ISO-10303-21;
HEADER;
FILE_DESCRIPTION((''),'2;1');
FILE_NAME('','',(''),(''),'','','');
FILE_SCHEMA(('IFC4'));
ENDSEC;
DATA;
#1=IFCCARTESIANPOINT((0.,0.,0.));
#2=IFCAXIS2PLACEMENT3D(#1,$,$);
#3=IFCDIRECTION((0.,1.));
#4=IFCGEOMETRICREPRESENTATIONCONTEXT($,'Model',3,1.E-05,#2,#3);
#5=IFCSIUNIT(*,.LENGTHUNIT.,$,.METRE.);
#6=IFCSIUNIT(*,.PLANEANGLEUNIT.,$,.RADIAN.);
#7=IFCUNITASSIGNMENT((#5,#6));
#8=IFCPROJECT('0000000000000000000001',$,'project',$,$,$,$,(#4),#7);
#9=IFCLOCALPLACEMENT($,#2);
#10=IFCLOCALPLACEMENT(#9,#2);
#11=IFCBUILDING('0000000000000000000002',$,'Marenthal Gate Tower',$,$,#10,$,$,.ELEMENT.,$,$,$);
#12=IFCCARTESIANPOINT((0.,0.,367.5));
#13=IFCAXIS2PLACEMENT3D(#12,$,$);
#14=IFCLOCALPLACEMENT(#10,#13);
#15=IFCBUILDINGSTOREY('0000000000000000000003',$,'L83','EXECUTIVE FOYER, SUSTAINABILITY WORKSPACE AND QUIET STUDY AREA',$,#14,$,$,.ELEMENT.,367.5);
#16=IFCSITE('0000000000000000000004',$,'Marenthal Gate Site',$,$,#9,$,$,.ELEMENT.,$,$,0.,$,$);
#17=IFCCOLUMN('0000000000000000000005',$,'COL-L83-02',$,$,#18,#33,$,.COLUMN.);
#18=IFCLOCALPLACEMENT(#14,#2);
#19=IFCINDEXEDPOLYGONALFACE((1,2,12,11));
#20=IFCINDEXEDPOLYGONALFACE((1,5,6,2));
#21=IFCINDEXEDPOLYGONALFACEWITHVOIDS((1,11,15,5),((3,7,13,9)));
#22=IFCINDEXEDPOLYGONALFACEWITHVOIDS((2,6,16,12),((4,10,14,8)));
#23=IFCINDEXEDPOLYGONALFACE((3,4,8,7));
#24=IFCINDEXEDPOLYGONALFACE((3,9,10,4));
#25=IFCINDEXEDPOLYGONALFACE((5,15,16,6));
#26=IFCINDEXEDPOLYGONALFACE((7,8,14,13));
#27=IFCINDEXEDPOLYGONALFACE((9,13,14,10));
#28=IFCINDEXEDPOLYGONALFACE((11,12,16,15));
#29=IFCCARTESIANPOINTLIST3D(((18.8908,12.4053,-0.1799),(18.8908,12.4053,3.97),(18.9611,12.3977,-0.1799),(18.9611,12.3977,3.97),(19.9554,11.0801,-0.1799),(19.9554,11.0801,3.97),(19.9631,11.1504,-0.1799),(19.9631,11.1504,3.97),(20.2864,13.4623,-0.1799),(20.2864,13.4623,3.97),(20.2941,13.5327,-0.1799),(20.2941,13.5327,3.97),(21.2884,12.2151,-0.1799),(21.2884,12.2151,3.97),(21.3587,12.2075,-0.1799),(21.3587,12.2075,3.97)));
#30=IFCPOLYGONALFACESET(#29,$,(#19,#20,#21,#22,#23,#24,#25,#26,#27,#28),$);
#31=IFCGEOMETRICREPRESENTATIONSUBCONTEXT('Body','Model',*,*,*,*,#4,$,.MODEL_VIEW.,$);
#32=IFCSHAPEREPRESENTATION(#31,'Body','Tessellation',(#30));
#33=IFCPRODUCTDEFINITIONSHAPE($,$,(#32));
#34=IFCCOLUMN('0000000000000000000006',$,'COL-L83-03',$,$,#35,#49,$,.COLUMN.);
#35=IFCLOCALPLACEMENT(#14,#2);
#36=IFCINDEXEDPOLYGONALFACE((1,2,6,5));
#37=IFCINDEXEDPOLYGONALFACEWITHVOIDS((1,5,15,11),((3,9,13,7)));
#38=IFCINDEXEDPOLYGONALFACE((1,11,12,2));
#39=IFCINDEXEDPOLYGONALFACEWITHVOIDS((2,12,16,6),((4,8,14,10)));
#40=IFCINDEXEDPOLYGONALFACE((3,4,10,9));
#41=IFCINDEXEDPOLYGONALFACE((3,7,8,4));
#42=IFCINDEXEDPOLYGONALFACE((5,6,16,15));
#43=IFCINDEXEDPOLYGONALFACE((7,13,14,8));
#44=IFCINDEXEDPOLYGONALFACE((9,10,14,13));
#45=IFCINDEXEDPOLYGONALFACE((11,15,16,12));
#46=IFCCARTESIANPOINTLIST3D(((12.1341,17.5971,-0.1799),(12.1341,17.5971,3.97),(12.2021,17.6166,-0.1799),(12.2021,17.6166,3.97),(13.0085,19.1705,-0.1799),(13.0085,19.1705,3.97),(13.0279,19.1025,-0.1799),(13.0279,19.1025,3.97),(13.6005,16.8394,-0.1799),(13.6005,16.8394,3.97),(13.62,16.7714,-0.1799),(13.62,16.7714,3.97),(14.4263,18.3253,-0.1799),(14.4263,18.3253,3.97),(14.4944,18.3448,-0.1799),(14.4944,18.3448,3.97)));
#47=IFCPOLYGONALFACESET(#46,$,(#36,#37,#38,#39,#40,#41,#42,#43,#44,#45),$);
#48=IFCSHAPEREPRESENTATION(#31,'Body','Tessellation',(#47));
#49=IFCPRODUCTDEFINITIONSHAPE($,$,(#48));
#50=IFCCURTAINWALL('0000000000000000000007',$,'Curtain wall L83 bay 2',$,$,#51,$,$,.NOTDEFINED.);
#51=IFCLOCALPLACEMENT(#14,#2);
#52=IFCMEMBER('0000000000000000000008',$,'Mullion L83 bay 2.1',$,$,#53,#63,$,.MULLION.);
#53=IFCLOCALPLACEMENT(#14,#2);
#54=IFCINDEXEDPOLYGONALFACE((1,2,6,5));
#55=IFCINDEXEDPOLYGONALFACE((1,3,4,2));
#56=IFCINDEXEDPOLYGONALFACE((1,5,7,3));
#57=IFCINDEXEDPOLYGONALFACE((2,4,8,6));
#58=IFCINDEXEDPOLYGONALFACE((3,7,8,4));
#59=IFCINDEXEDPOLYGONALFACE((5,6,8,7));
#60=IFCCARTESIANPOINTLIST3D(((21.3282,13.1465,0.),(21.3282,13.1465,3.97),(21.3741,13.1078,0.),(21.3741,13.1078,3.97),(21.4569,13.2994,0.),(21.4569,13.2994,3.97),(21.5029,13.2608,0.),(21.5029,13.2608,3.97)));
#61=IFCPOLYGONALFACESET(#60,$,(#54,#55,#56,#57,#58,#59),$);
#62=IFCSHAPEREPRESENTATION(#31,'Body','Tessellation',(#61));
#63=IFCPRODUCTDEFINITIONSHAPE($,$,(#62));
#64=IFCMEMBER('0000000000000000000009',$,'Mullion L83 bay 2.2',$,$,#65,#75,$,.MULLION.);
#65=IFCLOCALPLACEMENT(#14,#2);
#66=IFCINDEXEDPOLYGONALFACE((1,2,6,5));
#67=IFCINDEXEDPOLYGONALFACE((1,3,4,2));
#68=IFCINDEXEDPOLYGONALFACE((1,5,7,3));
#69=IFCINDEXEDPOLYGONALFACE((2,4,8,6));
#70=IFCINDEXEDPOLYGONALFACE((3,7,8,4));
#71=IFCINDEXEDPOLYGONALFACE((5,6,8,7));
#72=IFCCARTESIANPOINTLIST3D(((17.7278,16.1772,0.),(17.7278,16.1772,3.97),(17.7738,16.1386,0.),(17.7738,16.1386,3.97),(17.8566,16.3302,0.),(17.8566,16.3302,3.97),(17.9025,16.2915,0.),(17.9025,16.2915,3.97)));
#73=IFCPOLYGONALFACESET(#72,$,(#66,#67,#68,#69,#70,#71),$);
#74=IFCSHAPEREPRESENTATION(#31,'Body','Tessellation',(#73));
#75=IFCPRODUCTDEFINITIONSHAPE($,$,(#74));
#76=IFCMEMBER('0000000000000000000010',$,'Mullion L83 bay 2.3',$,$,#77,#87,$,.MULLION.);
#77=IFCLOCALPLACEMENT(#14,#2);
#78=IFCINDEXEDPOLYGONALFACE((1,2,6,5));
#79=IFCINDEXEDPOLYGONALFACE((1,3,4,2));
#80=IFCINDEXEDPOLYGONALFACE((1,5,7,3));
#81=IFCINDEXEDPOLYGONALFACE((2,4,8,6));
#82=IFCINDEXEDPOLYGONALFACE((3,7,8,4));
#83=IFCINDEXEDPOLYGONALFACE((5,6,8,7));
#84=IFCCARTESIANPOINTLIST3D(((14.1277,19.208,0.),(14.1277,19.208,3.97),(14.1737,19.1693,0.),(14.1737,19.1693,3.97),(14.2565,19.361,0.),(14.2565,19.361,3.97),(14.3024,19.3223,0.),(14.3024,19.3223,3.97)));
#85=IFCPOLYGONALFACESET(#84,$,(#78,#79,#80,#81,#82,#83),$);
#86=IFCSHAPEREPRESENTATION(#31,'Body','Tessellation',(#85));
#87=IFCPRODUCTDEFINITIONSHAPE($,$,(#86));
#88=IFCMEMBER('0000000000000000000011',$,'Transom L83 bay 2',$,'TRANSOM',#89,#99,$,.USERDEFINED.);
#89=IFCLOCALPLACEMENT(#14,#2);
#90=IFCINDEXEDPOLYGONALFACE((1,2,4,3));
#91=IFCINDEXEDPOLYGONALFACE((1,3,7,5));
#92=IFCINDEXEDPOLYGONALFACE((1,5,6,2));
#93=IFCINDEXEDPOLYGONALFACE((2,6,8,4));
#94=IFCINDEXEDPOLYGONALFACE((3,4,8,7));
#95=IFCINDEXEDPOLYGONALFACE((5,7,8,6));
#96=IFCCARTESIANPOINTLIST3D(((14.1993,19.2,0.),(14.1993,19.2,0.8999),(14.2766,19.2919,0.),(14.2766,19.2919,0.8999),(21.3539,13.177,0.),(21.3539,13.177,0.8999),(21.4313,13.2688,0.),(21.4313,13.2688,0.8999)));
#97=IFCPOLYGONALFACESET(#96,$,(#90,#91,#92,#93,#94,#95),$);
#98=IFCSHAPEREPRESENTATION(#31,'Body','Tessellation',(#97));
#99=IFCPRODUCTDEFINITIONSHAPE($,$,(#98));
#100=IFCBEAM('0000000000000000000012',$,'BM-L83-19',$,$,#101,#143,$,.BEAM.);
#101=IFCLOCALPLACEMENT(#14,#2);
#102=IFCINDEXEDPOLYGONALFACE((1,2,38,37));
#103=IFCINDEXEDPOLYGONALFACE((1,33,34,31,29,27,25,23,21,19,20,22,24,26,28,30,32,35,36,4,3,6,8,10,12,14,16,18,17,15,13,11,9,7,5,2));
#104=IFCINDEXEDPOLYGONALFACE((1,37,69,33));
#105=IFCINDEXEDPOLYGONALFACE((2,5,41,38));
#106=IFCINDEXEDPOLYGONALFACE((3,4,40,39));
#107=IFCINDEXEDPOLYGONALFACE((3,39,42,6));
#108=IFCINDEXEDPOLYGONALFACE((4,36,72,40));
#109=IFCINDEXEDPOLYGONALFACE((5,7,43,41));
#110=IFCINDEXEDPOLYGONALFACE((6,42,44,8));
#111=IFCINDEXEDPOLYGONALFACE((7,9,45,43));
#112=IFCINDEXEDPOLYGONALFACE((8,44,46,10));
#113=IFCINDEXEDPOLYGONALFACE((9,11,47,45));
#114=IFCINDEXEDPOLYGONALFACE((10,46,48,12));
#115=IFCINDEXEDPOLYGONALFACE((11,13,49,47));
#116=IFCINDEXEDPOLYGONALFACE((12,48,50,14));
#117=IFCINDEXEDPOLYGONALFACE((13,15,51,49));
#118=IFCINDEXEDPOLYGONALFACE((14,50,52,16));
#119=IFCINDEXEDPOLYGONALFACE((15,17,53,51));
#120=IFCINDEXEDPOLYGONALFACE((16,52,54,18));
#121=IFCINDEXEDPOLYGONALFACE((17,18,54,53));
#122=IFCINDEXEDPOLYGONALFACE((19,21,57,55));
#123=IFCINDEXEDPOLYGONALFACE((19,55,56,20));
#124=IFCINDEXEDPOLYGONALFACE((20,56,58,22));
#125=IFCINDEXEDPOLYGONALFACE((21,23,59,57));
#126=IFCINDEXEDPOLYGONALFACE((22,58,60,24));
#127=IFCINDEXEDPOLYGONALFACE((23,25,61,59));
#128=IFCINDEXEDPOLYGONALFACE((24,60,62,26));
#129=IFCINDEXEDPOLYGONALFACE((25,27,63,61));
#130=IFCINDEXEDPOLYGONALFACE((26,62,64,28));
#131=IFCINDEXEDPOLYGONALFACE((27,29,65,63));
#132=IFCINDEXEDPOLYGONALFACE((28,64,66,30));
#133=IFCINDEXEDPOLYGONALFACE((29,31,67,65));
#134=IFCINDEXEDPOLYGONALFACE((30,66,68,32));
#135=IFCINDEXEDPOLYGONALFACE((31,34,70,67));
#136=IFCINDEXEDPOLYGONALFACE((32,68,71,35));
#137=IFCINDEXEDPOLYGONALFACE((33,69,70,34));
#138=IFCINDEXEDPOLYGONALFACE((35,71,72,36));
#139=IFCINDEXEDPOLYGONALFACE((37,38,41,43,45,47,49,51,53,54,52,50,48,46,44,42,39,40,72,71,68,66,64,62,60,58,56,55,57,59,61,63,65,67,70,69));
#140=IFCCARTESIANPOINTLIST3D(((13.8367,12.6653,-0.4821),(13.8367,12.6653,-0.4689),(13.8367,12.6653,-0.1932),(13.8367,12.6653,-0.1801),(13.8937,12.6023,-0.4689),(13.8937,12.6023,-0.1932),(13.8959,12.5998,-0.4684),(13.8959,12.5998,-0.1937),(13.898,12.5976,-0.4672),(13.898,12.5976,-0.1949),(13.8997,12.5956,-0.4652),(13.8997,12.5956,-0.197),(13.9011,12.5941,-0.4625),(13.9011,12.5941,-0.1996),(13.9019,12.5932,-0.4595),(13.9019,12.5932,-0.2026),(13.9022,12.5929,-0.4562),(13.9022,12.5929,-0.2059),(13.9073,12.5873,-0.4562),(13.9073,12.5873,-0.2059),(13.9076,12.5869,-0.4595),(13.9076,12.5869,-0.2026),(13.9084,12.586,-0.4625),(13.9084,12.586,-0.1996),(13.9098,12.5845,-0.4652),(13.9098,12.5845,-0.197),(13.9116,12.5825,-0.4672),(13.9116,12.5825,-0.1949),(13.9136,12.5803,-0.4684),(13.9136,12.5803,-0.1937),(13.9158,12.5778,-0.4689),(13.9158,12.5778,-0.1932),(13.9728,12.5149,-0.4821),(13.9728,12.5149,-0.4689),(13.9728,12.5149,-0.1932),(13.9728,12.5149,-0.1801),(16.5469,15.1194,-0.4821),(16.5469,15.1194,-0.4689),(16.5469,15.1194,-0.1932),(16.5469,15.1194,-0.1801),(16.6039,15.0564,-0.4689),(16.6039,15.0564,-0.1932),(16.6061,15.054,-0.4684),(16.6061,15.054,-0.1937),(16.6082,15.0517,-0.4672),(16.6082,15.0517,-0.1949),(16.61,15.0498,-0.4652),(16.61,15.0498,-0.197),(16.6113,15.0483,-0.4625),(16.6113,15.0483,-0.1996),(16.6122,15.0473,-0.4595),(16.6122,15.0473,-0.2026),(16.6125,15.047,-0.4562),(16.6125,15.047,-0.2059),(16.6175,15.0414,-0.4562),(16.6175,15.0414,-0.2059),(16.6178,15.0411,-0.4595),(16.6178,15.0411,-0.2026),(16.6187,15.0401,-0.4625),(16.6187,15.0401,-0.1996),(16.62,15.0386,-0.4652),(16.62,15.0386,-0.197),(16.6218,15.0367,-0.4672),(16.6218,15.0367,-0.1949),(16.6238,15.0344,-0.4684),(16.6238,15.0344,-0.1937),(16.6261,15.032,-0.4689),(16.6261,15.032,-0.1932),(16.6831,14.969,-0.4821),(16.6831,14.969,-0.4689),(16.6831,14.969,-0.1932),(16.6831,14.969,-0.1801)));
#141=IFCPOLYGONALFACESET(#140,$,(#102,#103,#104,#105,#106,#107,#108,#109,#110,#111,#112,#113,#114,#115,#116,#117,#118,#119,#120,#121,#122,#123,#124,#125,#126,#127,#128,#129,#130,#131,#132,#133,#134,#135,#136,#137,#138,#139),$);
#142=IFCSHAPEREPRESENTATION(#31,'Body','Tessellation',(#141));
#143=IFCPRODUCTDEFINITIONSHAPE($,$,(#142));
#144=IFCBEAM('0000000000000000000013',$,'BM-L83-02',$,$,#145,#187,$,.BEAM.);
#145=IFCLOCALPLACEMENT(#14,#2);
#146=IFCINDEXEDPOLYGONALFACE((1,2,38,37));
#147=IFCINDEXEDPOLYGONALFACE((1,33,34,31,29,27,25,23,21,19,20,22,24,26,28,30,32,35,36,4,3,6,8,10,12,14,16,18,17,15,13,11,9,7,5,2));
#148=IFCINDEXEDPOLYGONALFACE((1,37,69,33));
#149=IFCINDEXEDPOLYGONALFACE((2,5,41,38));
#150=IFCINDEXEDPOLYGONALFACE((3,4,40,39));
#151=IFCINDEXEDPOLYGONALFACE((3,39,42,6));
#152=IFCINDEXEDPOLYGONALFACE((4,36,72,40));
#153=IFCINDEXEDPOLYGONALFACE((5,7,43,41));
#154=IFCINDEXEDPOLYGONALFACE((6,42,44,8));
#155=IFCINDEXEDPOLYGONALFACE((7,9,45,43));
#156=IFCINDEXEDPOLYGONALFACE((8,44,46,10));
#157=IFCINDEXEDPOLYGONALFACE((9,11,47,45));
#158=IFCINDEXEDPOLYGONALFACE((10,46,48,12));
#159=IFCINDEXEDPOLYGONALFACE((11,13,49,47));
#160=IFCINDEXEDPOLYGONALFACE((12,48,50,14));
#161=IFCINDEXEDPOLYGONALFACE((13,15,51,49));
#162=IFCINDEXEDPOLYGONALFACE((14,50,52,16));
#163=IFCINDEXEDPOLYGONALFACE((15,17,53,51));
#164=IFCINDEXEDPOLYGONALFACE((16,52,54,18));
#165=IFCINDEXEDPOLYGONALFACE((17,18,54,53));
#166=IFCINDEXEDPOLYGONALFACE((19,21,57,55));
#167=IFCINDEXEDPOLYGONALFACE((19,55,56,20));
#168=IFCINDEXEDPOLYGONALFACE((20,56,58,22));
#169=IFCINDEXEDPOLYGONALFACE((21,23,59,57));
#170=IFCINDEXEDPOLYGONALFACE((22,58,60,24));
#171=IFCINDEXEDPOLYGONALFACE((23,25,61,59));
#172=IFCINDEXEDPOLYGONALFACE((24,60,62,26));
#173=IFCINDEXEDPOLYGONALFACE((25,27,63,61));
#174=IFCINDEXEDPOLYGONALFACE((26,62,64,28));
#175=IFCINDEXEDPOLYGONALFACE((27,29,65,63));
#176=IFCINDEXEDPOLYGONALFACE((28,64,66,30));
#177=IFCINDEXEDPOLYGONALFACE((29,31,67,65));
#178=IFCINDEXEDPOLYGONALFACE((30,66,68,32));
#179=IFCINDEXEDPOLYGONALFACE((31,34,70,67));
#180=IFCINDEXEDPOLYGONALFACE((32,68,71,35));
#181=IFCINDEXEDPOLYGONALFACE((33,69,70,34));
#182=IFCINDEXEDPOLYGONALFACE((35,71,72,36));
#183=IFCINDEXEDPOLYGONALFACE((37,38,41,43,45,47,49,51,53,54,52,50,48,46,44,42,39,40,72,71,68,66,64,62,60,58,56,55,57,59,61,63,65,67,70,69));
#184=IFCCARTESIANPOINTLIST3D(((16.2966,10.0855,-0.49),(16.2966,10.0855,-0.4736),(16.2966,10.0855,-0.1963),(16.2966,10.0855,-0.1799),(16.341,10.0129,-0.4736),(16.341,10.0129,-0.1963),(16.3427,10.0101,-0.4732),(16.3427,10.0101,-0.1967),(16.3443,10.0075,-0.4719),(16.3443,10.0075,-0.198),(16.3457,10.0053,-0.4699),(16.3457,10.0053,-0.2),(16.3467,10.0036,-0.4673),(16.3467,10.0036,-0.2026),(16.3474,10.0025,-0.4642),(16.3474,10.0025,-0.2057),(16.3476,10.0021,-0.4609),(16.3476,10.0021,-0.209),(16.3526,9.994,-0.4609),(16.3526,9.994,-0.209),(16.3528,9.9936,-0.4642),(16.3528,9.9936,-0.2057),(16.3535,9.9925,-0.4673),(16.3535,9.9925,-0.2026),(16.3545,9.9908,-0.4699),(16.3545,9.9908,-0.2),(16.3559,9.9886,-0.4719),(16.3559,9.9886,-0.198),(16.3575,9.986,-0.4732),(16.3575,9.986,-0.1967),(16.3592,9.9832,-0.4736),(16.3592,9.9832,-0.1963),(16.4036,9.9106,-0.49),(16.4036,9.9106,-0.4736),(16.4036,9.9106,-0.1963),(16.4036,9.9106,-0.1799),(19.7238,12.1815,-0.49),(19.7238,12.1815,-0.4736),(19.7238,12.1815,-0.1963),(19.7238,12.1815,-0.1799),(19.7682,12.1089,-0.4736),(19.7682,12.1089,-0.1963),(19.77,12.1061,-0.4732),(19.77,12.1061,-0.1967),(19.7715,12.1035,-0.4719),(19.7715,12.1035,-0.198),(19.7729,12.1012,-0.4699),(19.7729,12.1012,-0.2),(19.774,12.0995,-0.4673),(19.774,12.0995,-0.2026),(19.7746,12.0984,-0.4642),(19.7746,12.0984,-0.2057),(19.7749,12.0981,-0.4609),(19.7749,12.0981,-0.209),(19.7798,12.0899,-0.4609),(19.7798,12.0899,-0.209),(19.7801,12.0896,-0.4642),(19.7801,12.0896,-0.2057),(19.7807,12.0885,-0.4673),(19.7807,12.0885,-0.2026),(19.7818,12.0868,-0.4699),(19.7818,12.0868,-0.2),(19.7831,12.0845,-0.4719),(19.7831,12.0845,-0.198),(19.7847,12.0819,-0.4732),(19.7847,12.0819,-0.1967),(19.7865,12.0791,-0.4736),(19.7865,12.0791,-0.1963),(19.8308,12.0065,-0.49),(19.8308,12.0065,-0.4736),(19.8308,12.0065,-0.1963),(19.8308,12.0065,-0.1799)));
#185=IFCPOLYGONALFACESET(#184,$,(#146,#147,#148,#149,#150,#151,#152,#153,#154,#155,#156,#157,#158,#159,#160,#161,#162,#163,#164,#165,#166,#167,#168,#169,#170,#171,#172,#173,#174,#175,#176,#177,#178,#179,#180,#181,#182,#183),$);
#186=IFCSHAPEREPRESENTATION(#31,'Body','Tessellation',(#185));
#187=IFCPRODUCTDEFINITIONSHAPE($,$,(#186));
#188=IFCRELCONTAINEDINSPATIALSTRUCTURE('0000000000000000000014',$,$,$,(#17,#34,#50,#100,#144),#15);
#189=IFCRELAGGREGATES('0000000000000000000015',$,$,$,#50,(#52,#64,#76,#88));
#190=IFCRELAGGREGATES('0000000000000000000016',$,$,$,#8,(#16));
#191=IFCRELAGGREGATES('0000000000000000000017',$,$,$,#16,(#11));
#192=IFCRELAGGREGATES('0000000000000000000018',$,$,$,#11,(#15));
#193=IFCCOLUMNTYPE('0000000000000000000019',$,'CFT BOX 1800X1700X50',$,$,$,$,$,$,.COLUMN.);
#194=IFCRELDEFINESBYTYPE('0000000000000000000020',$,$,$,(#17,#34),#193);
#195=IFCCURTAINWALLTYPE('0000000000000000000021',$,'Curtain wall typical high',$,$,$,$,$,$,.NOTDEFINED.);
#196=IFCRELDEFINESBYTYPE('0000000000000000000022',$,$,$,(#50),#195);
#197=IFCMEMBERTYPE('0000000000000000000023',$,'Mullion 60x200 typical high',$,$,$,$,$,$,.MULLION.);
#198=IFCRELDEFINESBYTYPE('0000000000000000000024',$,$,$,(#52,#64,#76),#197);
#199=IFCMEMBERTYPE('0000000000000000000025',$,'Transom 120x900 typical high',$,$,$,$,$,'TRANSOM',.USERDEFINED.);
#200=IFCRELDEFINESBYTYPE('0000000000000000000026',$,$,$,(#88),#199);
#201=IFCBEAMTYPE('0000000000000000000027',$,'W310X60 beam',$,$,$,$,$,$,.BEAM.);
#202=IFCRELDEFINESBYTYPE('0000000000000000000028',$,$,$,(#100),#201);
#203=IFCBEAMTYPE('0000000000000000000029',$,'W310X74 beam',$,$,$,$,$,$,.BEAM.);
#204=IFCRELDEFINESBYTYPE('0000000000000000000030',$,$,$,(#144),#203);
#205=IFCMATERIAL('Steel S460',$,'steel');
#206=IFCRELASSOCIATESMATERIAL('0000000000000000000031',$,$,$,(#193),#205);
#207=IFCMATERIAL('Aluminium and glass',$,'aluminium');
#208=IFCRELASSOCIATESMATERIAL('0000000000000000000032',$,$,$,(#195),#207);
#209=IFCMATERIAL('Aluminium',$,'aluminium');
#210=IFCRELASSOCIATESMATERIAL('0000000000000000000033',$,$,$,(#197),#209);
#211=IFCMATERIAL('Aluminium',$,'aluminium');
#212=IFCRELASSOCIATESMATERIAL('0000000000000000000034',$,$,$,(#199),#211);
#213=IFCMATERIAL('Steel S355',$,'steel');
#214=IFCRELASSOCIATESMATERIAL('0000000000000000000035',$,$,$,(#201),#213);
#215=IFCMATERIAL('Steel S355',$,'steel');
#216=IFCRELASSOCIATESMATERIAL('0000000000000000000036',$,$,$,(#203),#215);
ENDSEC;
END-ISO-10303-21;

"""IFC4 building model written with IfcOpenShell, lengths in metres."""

from ifc_helpers import new_model, si_unit, direction, frame, origin, origin_2d, place, context, subcontext, project, spatial, rectangle, hollow_rectangle, i_section, extrude, material, material_profile, profile_set, type_object, element, aggregate, save


model = new_model("IFC4")

# Units and contexts
model_context = context("Model", 3, precision=1e-05, world=origin(), true_north=direction((0.0, 1.0)))
body_context = subcontext(model_context, "Body", "Model", "MODEL_VIEW")
ifc_project = project(units=[si_unit("LENGTHUNIT", "METRE"), si_unit("PLANEANGLEUNIT", "RADIAN")], contexts=[model_context])

# Site, building, storey
site_placement = place(None, origin())
site = spatial("IfcSite", under=ifc_project, at=site_placement, Name="Marenthal Gate Site", CompositionType="ELEMENT", RefElevation=0.0)
building_placement = place(site_placement, origin())
building = spatial("IfcBuilding", under=site, at=building_placement, Name="Marenthal Gate Tower", CompositionType="ELEMENT")
storey_placement = place(building_placement, frame((0.0, 0.0, 367.5)))
storey = spatial("IfcBuildingStorey", under=building, at=storey_placement, Name="L83", Description="EXECUTIVE FOYER, SUSTAINABILITY WORKSPACE AND QUIET STUDY AREA", CompositionType="ELEMENT", Elevation=367.5)

# Columns
ifc_material_1 = material(Name="Steel S460", Category="steel")
ifc_material_profile_1 = material_profile(ifc_material_1, hollow_rectangle(XDim=1.7, YDim=1.8, WallThickness=0.05, at=origin_2d()), Name="CFT BOX 1800X1700X50")
ifc_material_2 = material(Name="Concrete 70 MPa", Category="concrete")
ifc_material_profile_2 = material_profile(ifc_material_2, rectangle(XDim=1.6001, YDim=1.7, at=origin_2d()), Name="CFT BOX 1800X1700X50 INFILL")
ifc_profile_set_1 = profile_set([ifc_material_profile_1, ifc_material_profile_2], Name="Steel S460 shell, Concrete 70 MPa infill")
column_type = type_object("IfcColumnType", Name="CFT BOX 1800X1700X50", PredefinedType="COLUMN", material=ifc_profile_set_1)
for number, where, z_axis, x_axis, name in (
    (1, (20.1248, 12.3064, -0.1799), (0.0, 0.0, 1.0), (0.626296, -0.779585, 0.0), "COL-L83-02"),
    (2, (13.3142, 17.9709, -0.1799), (0.0, 0.0, 1.0), (0.874089, -0.485765, 0.0), "COL-L83-03"),
):
    element("IfcColumn", number, at=place(storey_placement, frame(where, z_axis=z_axis, x_axis=x_axis)), inside=storey, type_object=column_type, Name=name, PredefinedType="COLUMN", context=body_context, shape_type="SweptSolid", body=[
        extrude(hollow_rectangle(XDim=1.7, YDim=1.8, WallThickness=0.05, at=origin_2d()), origin(), (0.0, 0.0, 1.0), 4.1499),
    ])

# Curtain wall, members
ifc_material_3 = material(Name="Aluminium and glass", Category="aluminium")
curtain_wall_type = type_object("IfcCurtainWallType", Name="Curtain wall typical high", PredefinedType="NOTDEFINED", material=ifc_material_3)
curtain_wall_placement = place(storey_placement, origin())
curtain_wall = element("IfcCurtainWall", 3, at=curtain_wall_placement, inside=storey, type_object=curtain_wall_type, Name="Curtain wall L83 bay 2", PredefinedType="NOTDEFINED")
ifc_material_4 = material(Name="Aluminium", Category="aluminium")
ifc_material_profile_3 = material_profile(ifc_material_4, rectangle(XDim=0.2, YDim=0.0601, at=origin_2d()), Name="60x200 aluminium mullion")
ifc_profile_set_2 = profile_set([ifc_material_profile_3], Name="Aluminium")
member_type_1 = type_object("IfcMemberType", Name="Mullion 60x200 typical high", PredefinedType="MULLION", material=ifc_profile_set_2)
member_1_placement = place(storey_placement, frame((21.4155, 13.2036, 0.0), z_axis=(0.0, 0.0, 1.0), x_axis=(-0.644023, -0.765006, 0.0)))
member_1 = element("IfcMember", 4, at=member_1_placement, type_object=member_type_1, Name="Mullion L83 bay 2.1", PredefinedType="MULLION", context=body_context, shape_type="SweptSolid", body=[
    extrude(rectangle(XDim=0.2, YDim=0.0601, at=origin_2d()), origin(), (0.0, 0.0, 1.0), 3.97),
])
member_2_placement = place(storey_placement, frame((17.8152, 16.2344, 0.0), z_axis=(0.0, 0.0, 1.0), x_axis=(-0.644023, -0.765006, 0.0)))
member_2 = element("IfcMember", 5, at=member_2_placement, type_object=member_type_1, Name="Mullion L83 bay 2.2", PredefinedType="MULLION", context=body_context, shape_type="SweptSolid", body=[
    extrude(rectangle(XDim=0.2, YDim=0.0601, at=origin_2d()), origin(), (0.0, 0.0, 1.0), 3.97),
])
member_3_placement = place(storey_placement, frame((14.2151, 19.2651, 0.0), z_axis=(0.0, 0.0, 1.0), x_axis=(-0.644023, -0.765006, 0.0)))
member_3 = element("IfcMember", 6, at=member_3_placement, type_object=member_type_1, Name="Mullion L83 bay 2.3", PredefinedType="MULLION", context=body_context, shape_type="SweptSolid", body=[
    extrude(rectangle(XDim=0.2, YDim=0.0601, at=origin_2d()), origin(), (0.0, 0.0, 1.0), 3.97),
])
ifc_material_5 = material(Name="Aluminium", Category="aluminium")
ifc_material_profile_4 = material_profile(ifc_material_5, rectangle(XDim=0.1201, YDim=0.8999, at=origin_2d()), Name="120x900 aluminium transom")
ifc_profile_set_3 = profile_set([ifc_material_profile_4], Name="Aluminium")
member_type_2 = type_object("IfcMemberType", Name="Transom 120x900 typical high", ElementType="TRANSOM", PredefinedType="USERDEFINED", material=ifc_profile_set_3)
member_4_placement = place(storey_placement, frame((21.3926, 13.2229, 0.45), z_axis=(-0.765013, 0.644015, 0.0), x_axis=(-0.644015, -0.765013, 0.0)))
member_4 = element("IfcMember", 7, at=member_4_placement, type_object=member_type_2, Name="Transom L83 bay 2", ObjectType="TRANSOM", PredefinedType="USERDEFINED", context=body_context, shape_type="SweptSolid", body=[
    extrude(rectangle(XDim=0.1201, YDim=0.8999, at=origin_2d()), origin(), (0.0, 0.0, 1.0), 9.3523),
])

# Beams
ifc_material_6 = material(Name="Steel S355", Category="steel")
ifc_material_profile_5 = material_profile(ifc_material_6, i_section(OverallWidth=0.2029, OverallDepth=0.302, WebThickness=0.0076, FlangeThickness=0.0132, FilletRadius=0.0127, at=origin_2d()), Name="W310X60")
ifc_profile_set_4 = profile_set([ifc_material_profile_5], Name="Steel S355")
beam_type_1 = type_object("IfcBeamType", Name="W310X60 beam", PredefinedType="BEAM", material=ifc_profile_set_4)
beam_1_placement = place(storey_placement, frame((16.615, 15.0442, -0.3311), z_axis=(-0.741262, -0.671216, 0.0), x_axis=(0.671216, -0.741262, 0.0)))
element("IfcBeam", 8, at=beam_1_placement, inside=storey, type_object=beam_type_1, Name="BM-L83-19", PredefinedType="BEAM", context=body_context, shape_type="SweptSolid", body=[
    extrude(i_section(OverallWidth=0.2029, OverallDepth=0.302, WebThickness=0.0076, FlangeThickness=0.0132, FilletRadius=0.0127, at=origin_2d()), origin(), (0.0, 0.0, 1.0), 3.6562),
])
ifc_material_7 = material(Name="Steel S355", Category="steel")
ifc_material_profile_6 = material_profile(ifc_material_7, i_section(OverallWidth=0.2051, OverallDepth=0.3101, WebThickness=0.0095, FlangeThickness=0.0164, FilletRadius=0.0127, at=origin_2d()), Name="W310X74")
ifc_profile_set_5 = profile_set([ifc_material_profile_6], Name="Steel S355")
beam_type_2 = type_object("IfcBeamType", Name="W310X74 beam", PredefinedType="BEAM", material=ifc_profile_set_5)
beam_2_placement = place(storey_placement, frame((19.7773, 12.094, -0.335), z_axis=(-0.853114, -0.521725, 0.0), x_axis=(0.521725, -0.853114, 0.0)))
element("IfcBeam", 9, at=beam_2_placement, inside=storey, type_object=beam_type_2, Name="BM-L83-02", PredefinedType="BEAM", context=body_context, shape_type="SweptSolid", body=[
    extrude(i_section(OverallWidth=0.2051, OverallDepth=0.3101, WebThickness=0.0095, FlangeThickness=0.0164, FilletRadius=0.0127, at=origin_2d()), origin(), (0.0, 0.0, 1.0), 4.0173),
])

aggregate(curtain_wall, [member_1, member_2, member_3, member_4])

save(model, "model.ifc")
